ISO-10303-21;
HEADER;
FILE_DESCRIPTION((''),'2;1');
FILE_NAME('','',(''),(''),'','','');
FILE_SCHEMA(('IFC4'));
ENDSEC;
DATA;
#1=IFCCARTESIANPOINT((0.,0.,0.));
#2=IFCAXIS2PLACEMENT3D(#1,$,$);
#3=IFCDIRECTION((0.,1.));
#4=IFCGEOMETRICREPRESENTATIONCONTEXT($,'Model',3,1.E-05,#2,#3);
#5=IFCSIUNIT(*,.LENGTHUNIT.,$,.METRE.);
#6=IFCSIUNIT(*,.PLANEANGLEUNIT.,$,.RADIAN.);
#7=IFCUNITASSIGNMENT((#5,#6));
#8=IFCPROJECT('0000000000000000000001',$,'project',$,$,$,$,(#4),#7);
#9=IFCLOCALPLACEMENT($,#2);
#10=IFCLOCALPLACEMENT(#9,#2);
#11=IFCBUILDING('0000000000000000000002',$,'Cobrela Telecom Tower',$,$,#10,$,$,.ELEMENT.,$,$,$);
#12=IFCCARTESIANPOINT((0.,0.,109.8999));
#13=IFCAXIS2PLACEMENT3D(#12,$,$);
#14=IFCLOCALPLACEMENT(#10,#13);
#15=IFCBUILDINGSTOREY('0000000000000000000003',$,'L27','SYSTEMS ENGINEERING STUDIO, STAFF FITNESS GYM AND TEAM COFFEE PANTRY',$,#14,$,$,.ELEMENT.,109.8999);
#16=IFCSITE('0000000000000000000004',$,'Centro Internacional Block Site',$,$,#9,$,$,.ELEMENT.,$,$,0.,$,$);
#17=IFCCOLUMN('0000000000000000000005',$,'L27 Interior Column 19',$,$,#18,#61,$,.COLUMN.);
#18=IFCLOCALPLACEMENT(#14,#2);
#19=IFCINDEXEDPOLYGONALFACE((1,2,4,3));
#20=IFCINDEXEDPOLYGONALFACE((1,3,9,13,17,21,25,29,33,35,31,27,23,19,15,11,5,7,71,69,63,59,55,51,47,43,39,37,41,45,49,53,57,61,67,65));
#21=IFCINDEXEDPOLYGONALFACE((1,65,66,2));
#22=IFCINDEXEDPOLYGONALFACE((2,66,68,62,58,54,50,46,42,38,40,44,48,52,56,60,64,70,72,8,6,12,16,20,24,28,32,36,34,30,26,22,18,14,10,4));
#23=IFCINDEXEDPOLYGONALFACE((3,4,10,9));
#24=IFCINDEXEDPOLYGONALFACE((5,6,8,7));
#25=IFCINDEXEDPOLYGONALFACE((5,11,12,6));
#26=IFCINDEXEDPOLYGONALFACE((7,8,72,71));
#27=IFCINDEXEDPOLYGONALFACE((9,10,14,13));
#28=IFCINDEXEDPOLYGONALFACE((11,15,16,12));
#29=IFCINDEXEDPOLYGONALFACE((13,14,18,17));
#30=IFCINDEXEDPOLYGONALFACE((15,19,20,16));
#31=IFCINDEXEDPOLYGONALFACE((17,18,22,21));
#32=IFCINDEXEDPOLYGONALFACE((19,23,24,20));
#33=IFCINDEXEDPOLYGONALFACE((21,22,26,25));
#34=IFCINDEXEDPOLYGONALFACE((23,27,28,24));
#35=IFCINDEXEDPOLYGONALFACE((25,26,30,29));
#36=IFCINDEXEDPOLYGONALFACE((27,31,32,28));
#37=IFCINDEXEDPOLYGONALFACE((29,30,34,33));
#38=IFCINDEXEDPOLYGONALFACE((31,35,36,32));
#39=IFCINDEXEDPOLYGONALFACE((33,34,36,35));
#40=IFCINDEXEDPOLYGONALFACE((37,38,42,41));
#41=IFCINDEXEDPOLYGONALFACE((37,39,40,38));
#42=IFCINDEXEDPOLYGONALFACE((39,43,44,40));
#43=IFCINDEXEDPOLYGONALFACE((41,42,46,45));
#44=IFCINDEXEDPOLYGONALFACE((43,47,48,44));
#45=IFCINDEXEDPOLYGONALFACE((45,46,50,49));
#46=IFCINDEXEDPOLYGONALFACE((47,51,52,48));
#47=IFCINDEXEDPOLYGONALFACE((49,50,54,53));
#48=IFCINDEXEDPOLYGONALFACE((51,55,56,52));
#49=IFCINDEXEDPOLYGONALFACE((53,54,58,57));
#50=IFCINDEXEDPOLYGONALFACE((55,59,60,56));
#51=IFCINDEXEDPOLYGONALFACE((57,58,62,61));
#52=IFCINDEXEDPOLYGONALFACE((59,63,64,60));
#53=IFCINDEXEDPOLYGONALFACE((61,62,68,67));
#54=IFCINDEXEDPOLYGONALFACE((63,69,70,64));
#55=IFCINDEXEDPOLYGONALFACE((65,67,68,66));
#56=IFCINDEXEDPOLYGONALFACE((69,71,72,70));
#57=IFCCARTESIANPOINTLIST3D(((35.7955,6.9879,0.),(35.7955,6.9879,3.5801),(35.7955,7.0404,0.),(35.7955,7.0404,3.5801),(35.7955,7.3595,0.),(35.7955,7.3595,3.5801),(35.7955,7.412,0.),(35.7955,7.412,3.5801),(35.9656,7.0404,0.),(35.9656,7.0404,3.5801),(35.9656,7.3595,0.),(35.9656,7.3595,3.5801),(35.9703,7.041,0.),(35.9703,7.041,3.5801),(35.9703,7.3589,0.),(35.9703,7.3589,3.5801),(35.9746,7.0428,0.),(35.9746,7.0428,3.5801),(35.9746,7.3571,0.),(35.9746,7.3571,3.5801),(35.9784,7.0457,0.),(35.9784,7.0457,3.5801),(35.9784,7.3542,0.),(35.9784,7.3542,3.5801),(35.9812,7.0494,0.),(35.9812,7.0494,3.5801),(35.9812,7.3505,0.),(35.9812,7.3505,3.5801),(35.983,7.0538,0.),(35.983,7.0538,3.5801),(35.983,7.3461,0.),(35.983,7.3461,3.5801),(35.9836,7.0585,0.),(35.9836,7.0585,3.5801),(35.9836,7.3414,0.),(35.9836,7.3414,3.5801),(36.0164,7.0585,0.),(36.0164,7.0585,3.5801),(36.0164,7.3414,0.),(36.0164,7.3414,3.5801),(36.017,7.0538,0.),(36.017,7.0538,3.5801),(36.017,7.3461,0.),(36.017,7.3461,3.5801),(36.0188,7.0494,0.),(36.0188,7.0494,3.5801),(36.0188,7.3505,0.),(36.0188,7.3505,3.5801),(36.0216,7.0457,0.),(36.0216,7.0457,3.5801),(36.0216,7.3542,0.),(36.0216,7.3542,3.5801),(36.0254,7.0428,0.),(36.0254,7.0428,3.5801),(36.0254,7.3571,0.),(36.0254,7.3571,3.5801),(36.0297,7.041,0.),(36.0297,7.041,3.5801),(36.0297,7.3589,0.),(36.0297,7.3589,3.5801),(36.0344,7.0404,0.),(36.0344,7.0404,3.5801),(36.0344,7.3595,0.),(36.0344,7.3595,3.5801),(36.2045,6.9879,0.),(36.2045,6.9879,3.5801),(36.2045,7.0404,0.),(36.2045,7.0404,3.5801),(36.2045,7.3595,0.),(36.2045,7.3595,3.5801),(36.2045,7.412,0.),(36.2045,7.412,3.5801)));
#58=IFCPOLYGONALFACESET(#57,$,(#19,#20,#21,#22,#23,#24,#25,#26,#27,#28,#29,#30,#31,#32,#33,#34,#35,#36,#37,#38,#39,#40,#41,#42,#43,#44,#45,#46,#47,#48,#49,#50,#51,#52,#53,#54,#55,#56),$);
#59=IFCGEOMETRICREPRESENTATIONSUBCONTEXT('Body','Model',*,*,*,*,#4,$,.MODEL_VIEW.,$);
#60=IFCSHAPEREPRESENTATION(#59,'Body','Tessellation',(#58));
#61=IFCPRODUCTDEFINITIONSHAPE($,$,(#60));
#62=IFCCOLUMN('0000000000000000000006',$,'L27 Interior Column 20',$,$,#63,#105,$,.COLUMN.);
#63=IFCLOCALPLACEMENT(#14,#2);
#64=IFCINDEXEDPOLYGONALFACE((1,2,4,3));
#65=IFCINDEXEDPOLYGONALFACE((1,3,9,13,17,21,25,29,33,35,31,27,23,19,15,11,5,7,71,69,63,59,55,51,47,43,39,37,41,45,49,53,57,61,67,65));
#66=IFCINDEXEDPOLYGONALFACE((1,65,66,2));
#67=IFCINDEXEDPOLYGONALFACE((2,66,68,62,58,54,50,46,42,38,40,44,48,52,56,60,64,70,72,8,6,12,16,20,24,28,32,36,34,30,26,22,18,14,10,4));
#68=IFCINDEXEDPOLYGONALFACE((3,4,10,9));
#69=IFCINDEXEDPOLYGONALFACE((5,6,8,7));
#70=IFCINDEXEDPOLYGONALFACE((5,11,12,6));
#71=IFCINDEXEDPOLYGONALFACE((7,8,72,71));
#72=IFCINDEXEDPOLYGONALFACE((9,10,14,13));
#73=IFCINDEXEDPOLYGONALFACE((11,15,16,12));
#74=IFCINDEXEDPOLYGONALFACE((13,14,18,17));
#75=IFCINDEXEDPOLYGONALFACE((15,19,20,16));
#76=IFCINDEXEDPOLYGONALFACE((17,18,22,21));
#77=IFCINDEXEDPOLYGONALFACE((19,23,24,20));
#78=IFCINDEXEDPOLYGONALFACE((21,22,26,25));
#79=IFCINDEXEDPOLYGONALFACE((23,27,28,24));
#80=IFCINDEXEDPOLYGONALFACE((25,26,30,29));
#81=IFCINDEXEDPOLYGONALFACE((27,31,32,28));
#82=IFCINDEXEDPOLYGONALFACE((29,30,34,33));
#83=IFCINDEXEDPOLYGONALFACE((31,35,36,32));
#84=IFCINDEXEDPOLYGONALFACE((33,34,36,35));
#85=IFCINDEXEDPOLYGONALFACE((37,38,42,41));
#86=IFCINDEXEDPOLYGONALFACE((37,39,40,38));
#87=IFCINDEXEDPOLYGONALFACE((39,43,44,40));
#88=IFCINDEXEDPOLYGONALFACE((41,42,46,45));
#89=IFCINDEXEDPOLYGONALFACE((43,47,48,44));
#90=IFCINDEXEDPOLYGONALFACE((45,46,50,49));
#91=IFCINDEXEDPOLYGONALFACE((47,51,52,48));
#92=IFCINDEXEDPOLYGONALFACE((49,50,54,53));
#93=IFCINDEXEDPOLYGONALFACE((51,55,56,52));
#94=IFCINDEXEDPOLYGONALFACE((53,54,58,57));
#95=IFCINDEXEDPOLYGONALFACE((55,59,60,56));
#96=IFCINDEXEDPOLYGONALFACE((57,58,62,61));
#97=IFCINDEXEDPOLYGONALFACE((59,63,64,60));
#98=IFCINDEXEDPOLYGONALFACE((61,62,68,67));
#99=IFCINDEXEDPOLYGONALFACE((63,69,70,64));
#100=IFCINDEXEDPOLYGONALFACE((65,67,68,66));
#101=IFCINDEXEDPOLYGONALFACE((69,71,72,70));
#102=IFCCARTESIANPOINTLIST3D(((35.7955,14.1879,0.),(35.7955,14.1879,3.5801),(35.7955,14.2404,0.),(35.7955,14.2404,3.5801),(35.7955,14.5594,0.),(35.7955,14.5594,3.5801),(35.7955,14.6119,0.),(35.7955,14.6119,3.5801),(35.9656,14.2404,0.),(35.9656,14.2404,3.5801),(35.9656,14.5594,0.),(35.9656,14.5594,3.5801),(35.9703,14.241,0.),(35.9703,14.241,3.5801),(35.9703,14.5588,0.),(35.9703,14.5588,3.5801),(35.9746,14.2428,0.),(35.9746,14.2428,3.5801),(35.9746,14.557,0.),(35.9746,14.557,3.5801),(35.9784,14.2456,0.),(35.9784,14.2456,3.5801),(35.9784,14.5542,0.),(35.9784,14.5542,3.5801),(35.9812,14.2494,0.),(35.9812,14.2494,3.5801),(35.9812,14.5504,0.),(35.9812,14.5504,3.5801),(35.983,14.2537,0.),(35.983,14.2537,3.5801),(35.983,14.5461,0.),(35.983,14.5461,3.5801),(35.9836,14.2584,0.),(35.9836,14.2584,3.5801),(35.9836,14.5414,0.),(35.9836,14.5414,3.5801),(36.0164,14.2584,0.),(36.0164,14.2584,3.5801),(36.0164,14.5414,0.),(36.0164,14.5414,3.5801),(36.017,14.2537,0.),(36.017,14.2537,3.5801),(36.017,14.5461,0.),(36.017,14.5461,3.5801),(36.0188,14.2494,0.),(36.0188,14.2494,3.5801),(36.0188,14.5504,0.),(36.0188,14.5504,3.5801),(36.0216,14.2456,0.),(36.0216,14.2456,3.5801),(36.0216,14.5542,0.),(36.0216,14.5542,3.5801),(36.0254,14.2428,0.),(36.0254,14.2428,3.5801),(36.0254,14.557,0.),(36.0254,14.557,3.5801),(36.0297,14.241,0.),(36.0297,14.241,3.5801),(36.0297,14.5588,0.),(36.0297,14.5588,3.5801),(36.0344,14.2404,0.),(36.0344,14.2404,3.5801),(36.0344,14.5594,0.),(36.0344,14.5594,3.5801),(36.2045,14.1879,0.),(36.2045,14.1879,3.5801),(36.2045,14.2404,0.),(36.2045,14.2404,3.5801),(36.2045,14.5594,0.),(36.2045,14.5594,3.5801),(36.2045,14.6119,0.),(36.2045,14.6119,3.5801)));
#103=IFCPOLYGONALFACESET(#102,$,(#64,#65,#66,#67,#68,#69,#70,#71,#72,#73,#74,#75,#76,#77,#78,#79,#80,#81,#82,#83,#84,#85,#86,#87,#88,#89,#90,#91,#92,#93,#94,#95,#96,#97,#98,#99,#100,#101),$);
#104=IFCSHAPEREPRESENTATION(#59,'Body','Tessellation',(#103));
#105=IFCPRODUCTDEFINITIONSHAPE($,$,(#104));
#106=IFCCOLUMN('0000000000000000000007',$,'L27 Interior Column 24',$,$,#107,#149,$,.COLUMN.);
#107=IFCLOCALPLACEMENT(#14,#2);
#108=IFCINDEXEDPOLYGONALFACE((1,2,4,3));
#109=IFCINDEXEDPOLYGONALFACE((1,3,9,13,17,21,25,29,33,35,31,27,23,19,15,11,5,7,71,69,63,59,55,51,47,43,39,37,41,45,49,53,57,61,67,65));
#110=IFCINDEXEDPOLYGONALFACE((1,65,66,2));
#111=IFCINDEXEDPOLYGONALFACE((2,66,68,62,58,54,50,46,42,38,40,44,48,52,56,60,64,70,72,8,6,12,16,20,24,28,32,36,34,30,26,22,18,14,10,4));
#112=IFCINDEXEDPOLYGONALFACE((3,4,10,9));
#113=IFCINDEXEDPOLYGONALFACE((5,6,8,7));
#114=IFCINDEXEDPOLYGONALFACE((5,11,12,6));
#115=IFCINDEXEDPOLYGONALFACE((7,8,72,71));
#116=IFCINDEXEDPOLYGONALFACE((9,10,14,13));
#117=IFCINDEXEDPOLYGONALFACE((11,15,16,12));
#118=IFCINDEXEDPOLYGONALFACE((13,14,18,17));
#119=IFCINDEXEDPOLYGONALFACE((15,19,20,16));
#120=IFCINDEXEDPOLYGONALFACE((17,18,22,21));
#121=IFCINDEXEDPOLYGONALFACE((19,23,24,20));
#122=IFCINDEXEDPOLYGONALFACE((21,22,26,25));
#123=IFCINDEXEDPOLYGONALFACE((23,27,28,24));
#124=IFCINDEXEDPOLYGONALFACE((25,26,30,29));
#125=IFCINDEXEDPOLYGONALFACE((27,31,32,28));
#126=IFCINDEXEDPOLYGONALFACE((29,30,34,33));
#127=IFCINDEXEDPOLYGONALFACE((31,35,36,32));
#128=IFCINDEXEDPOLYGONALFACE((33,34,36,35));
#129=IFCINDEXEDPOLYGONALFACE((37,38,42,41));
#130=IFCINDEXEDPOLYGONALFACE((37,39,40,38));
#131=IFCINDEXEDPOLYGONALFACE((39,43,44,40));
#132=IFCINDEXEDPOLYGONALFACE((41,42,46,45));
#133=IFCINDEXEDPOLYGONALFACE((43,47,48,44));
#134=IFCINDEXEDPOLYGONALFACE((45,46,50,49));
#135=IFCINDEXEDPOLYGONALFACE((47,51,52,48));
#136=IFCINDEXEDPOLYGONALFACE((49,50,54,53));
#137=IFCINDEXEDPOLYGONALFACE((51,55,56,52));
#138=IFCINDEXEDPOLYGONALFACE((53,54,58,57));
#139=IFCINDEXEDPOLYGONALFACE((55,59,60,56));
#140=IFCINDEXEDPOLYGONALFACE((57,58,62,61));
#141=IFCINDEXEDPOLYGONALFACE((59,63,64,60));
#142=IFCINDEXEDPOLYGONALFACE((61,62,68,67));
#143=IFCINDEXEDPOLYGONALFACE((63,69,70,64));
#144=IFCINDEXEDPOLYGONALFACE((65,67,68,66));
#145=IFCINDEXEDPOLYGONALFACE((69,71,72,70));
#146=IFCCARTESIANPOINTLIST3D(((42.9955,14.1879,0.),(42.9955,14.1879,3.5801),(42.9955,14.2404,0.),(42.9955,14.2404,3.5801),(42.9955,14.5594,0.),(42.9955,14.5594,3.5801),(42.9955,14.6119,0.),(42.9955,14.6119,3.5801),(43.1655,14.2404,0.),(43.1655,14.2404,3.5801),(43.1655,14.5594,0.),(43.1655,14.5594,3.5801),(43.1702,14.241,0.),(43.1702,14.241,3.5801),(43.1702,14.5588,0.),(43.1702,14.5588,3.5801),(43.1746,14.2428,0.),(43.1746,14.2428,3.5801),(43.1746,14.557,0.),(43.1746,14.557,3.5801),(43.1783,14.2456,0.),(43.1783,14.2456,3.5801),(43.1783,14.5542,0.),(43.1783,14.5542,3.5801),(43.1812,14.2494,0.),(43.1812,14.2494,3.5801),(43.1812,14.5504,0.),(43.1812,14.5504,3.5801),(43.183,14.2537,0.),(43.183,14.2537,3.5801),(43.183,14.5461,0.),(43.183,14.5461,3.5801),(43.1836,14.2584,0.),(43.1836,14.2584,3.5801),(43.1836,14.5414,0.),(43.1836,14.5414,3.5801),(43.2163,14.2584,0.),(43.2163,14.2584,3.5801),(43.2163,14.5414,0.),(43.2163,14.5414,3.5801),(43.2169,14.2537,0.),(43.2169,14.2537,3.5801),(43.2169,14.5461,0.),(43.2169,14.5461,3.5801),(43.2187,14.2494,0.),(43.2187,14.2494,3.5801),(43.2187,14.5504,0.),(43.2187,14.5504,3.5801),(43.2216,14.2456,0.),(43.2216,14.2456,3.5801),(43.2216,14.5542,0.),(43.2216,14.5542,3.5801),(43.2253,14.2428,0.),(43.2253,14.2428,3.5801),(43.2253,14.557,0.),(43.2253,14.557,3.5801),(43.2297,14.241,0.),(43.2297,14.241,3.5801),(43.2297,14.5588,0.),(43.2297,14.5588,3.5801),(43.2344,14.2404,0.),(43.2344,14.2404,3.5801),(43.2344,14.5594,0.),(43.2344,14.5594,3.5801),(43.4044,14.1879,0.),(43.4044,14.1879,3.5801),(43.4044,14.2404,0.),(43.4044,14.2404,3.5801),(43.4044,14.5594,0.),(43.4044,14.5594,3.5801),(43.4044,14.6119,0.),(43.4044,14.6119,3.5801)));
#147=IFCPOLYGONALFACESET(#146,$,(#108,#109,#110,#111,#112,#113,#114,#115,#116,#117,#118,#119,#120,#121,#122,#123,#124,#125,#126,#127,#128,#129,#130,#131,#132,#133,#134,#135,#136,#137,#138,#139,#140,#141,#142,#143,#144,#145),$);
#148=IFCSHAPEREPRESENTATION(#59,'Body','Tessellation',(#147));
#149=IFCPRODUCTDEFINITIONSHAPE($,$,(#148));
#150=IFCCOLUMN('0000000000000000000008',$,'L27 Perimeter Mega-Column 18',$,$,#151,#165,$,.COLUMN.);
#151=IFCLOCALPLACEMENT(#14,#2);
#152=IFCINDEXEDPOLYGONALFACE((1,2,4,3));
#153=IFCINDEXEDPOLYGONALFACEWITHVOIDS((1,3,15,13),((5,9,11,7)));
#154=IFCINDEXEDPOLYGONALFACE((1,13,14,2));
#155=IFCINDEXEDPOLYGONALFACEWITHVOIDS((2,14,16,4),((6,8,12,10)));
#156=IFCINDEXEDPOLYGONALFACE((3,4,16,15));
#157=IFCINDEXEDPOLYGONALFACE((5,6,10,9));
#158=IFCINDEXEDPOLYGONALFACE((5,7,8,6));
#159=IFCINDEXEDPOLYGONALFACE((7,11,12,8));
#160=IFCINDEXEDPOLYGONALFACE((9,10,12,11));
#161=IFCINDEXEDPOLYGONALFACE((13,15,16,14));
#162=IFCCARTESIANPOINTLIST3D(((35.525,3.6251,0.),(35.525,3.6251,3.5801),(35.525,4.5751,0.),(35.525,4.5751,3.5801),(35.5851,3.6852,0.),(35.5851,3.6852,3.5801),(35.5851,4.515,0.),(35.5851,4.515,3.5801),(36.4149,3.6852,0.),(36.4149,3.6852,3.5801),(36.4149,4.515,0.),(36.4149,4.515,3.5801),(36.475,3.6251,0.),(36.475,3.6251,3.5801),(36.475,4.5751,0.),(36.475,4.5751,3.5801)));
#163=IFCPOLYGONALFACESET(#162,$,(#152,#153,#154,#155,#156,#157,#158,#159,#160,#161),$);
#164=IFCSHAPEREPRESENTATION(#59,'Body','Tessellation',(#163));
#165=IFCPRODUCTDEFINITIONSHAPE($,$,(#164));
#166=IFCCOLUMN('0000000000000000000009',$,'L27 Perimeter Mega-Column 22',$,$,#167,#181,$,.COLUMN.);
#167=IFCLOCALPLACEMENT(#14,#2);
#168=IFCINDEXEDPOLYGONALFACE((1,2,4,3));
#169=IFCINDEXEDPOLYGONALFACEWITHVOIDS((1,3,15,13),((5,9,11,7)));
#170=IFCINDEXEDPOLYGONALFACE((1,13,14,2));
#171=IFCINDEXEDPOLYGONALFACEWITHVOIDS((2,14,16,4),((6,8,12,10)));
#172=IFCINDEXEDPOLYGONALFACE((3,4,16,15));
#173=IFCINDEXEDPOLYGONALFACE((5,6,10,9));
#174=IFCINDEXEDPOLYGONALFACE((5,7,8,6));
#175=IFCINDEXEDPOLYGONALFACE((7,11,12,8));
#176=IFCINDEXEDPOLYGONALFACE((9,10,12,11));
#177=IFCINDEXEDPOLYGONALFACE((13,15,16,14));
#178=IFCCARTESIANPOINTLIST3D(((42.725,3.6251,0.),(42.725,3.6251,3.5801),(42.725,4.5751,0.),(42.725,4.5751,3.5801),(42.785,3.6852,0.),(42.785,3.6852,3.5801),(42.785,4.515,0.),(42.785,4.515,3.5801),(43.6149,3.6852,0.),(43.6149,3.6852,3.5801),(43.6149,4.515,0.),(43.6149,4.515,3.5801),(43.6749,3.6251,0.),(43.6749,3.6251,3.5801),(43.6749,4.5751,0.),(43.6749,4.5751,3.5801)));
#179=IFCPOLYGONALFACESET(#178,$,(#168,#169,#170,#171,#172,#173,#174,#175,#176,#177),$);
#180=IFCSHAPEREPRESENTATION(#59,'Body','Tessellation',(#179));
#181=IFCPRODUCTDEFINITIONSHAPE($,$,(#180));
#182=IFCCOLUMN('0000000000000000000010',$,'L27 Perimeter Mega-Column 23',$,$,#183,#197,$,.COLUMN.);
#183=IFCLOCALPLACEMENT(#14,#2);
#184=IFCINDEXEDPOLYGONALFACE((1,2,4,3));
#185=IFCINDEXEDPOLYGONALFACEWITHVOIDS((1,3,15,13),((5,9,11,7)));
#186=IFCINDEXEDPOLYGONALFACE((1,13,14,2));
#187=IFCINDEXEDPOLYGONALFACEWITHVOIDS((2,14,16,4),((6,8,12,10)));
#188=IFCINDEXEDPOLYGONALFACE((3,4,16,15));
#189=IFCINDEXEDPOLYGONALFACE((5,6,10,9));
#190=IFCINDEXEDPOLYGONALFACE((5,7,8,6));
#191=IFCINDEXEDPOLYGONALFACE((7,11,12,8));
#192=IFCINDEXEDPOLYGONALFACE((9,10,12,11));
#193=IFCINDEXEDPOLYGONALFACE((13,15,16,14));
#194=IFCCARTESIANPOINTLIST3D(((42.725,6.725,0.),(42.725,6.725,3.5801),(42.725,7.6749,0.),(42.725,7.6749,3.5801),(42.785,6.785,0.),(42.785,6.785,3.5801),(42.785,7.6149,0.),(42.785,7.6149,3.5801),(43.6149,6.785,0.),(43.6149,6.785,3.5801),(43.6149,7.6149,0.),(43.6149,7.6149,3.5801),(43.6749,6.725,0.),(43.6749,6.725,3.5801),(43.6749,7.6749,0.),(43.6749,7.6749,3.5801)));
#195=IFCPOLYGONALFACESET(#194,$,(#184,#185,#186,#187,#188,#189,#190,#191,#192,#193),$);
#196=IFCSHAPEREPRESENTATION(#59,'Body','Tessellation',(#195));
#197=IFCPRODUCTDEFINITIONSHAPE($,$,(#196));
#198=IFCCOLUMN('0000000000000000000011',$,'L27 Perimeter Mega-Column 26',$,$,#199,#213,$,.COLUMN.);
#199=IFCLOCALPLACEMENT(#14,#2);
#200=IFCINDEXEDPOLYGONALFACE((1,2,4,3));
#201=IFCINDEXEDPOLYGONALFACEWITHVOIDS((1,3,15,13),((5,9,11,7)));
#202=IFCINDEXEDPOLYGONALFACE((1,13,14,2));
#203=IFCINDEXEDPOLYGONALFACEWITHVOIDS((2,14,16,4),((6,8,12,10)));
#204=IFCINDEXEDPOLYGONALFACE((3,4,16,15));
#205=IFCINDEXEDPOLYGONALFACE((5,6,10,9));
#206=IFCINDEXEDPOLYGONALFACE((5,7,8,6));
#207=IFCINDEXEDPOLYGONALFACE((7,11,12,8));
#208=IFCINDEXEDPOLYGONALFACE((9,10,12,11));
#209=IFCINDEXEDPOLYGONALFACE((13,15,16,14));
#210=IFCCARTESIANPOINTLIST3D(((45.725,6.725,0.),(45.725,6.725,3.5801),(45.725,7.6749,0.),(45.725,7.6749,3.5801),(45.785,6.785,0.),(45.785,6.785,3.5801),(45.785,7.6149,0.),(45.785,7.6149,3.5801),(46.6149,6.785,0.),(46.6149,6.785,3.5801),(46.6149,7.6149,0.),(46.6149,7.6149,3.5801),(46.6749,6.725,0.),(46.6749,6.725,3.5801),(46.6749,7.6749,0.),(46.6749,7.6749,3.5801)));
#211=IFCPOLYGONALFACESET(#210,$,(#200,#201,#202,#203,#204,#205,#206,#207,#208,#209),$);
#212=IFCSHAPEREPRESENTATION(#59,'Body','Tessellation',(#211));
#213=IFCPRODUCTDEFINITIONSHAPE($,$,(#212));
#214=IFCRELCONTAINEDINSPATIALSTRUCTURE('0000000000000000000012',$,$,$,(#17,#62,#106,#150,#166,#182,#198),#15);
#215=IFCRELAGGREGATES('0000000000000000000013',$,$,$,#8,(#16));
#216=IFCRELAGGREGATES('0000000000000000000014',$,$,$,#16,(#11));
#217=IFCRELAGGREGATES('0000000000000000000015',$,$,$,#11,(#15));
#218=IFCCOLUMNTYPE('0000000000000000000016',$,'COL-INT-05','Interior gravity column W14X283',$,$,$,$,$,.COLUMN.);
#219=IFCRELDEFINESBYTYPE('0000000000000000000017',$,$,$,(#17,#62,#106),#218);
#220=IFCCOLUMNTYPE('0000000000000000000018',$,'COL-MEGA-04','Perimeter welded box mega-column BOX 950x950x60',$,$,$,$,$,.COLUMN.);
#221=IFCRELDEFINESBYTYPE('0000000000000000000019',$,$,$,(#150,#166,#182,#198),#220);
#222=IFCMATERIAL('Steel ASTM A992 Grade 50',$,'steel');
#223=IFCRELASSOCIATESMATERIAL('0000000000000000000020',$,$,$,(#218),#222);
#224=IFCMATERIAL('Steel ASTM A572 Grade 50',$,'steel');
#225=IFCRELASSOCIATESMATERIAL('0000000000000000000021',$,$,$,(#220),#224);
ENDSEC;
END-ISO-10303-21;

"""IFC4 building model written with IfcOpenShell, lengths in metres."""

from ifc_helpers import new_model, si_unit, direction, frame, origin, origin_2d, place, context, subcontext, project, spatial, hollow_rectangle, i_section, extrude, material, material_profile, profile_set, type_object, element, save


model = new_model("IFC4")

# Units and contexts
model_context = context("Model", 3, precision=1e-05, world=origin(), true_north=direction((0.0, 1.0)))
body_context = subcontext(model_context, "Body", "Model", "MODEL_VIEW")
ifc_project = project(units=[si_unit("LENGTHUNIT", "METRE"), si_unit("PLANEANGLEUNIT", "RADIAN")], contexts=[model_context])

# Site, building, storey
site_placement = place(None, origin())
site = spatial("IfcSite", under=ifc_project, at=site_placement, Name="Centro Internacional Block Site", CompositionType="ELEMENT", RefElevation=0.0)
building_placement = place(site_placement, origin())
building = spatial("IfcBuilding", under=site, at=building_placement, Name="Cobrela Telecom Tower", CompositionType="ELEMENT")
storey_placement = place(building_placement, frame((0.0, 0.0, 109.8999)))
storey = spatial("IfcBuildingStorey", under=building, at=storey_placement, Name="L27", Description="SYSTEMS ENGINEERING STUDIO, STAFF FITNESS GYM AND TEAM COFFEE PANTRY", CompositionType="ELEMENT", Elevation=109.8999)

# Columns
ifc_material_1 = material(Name="Steel ASTM A992 Grade 50", Category="steel")
ifc_material_profile_1 = material_profile(ifc_material_1, i_section(OverallWidth=0.4089, OverallDepth=0.4241, WebThickness=0.0327, FlangeThickness=0.0525, FilletRadius=0.0181, at=origin_2d()), Name="W14X283")
ifc_profile_set_1 = profile_set([ifc_material_profile_1], Name="Steel ASTM A992 Grade 50")
column_type_1 = type_object("IfcColumnType", Name="COL-INT-05", Description="Interior gravity column W14X283", PredefinedType="COLUMN", material=ifc_profile_set_1)
for number, where, z_axis, x_axis, name in (
    (1, (36.0, 7.2, 0.0), (0.0, 0.0, 1.0), (1.0, 0.0, 0.0), "L27 Interior Column 19"),
    (2, (36.0, 14.3999, 0.0), (0.0, 0.0, 1.0), (1.0, 0.0, 0.0), "L27 Interior Column 20"),
    (3, (43.2, 14.3999, 0.0), (0.0, 0.0, 1.0), (1.0, 0.0, 0.0), "L27 Interior Column 24"),
):
    element("IfcColumn", number, at=place(storey_placement, frame(where, z_axis=z_axis, x_axis=x_axis)), inside=storey, type_object=column_type_1, Name=name, PredefinedType="COLUMN", context=body_context, shape_type="SweptSolid", body=[
        extrude(i_section(OverallWidth=0.4089, OverallDepth=0.4241, WebThickness=0.0327, FlangeThickness=0.0525, FilletRadius=0.0181, at=origin_2d()), origin(), (0.0, 0.0, 1.0), 3.5801),
    ])
ifc_material_2 = material(Name="Steel ASTM A572 Grade 50", Category="steel")
ifc_material_profile_2 = material_profile(ifc_material_2, hollow_rectangle(XDim=0.95, YDim=0.95, WallThickness=0.0601, at=origin_2d()), Name="BOX 950x950x60")
ifc_profile_set_2 = profile_set([ifc_material_profile_2], Name="Steel ASTM A572 Grade 50")
column_type_2 = type_object("IfcColumnType", Name="COL-MEGA-04", Description="Perimeter welded box mega-column BOX 950x950x60", PredefinedType="COLUMN", material=ifc_profile_set_2)
for number, where, z_axis, x_axis, name in (
    (4, (36.0, 4.1001, 0.0), (0.0, 0.0, 1.0), (1.0, 0.0, 0.0), "L27 Perimeter Mega-Column 18"),
    (5, (43.2, 4.1001, 0.0), (0.0, 0.0, 1.0), (1.0, 0.0, 0.0), "L27 Perimeter Mega-Column 22"),
    (6, (43.2, 7.2, 0.0), (0.0, 0.0, 1.0), (1.0, 0.0, 0.0), "L27 Perimeter Mega-Column 23"),
    (7, (46.2, 7.2, 0.0), (0.0, 0.0, 1.0), (1.0, 0.0, 0.0), "L27 Perimeter Mega-Column 26"),
):
    element("IfcColumn", number, at=place(storey_placement, frame(where, z_axis=z_axis, x_axis=x_axis)), inside=storey, type_object=column_type_2, Name=name, PredefinedType="COLUMN", context=body_context, shape_type="SweptSolid", body=[
        extrude(hollow_rectangle(XDim=0.95, YDim=0.95, WallThickness=0.0601, at=origin_2d()), origin(), (0.0, 0.0, 1.0), 3.5801),
    ])

save(model, "model.ifc")
